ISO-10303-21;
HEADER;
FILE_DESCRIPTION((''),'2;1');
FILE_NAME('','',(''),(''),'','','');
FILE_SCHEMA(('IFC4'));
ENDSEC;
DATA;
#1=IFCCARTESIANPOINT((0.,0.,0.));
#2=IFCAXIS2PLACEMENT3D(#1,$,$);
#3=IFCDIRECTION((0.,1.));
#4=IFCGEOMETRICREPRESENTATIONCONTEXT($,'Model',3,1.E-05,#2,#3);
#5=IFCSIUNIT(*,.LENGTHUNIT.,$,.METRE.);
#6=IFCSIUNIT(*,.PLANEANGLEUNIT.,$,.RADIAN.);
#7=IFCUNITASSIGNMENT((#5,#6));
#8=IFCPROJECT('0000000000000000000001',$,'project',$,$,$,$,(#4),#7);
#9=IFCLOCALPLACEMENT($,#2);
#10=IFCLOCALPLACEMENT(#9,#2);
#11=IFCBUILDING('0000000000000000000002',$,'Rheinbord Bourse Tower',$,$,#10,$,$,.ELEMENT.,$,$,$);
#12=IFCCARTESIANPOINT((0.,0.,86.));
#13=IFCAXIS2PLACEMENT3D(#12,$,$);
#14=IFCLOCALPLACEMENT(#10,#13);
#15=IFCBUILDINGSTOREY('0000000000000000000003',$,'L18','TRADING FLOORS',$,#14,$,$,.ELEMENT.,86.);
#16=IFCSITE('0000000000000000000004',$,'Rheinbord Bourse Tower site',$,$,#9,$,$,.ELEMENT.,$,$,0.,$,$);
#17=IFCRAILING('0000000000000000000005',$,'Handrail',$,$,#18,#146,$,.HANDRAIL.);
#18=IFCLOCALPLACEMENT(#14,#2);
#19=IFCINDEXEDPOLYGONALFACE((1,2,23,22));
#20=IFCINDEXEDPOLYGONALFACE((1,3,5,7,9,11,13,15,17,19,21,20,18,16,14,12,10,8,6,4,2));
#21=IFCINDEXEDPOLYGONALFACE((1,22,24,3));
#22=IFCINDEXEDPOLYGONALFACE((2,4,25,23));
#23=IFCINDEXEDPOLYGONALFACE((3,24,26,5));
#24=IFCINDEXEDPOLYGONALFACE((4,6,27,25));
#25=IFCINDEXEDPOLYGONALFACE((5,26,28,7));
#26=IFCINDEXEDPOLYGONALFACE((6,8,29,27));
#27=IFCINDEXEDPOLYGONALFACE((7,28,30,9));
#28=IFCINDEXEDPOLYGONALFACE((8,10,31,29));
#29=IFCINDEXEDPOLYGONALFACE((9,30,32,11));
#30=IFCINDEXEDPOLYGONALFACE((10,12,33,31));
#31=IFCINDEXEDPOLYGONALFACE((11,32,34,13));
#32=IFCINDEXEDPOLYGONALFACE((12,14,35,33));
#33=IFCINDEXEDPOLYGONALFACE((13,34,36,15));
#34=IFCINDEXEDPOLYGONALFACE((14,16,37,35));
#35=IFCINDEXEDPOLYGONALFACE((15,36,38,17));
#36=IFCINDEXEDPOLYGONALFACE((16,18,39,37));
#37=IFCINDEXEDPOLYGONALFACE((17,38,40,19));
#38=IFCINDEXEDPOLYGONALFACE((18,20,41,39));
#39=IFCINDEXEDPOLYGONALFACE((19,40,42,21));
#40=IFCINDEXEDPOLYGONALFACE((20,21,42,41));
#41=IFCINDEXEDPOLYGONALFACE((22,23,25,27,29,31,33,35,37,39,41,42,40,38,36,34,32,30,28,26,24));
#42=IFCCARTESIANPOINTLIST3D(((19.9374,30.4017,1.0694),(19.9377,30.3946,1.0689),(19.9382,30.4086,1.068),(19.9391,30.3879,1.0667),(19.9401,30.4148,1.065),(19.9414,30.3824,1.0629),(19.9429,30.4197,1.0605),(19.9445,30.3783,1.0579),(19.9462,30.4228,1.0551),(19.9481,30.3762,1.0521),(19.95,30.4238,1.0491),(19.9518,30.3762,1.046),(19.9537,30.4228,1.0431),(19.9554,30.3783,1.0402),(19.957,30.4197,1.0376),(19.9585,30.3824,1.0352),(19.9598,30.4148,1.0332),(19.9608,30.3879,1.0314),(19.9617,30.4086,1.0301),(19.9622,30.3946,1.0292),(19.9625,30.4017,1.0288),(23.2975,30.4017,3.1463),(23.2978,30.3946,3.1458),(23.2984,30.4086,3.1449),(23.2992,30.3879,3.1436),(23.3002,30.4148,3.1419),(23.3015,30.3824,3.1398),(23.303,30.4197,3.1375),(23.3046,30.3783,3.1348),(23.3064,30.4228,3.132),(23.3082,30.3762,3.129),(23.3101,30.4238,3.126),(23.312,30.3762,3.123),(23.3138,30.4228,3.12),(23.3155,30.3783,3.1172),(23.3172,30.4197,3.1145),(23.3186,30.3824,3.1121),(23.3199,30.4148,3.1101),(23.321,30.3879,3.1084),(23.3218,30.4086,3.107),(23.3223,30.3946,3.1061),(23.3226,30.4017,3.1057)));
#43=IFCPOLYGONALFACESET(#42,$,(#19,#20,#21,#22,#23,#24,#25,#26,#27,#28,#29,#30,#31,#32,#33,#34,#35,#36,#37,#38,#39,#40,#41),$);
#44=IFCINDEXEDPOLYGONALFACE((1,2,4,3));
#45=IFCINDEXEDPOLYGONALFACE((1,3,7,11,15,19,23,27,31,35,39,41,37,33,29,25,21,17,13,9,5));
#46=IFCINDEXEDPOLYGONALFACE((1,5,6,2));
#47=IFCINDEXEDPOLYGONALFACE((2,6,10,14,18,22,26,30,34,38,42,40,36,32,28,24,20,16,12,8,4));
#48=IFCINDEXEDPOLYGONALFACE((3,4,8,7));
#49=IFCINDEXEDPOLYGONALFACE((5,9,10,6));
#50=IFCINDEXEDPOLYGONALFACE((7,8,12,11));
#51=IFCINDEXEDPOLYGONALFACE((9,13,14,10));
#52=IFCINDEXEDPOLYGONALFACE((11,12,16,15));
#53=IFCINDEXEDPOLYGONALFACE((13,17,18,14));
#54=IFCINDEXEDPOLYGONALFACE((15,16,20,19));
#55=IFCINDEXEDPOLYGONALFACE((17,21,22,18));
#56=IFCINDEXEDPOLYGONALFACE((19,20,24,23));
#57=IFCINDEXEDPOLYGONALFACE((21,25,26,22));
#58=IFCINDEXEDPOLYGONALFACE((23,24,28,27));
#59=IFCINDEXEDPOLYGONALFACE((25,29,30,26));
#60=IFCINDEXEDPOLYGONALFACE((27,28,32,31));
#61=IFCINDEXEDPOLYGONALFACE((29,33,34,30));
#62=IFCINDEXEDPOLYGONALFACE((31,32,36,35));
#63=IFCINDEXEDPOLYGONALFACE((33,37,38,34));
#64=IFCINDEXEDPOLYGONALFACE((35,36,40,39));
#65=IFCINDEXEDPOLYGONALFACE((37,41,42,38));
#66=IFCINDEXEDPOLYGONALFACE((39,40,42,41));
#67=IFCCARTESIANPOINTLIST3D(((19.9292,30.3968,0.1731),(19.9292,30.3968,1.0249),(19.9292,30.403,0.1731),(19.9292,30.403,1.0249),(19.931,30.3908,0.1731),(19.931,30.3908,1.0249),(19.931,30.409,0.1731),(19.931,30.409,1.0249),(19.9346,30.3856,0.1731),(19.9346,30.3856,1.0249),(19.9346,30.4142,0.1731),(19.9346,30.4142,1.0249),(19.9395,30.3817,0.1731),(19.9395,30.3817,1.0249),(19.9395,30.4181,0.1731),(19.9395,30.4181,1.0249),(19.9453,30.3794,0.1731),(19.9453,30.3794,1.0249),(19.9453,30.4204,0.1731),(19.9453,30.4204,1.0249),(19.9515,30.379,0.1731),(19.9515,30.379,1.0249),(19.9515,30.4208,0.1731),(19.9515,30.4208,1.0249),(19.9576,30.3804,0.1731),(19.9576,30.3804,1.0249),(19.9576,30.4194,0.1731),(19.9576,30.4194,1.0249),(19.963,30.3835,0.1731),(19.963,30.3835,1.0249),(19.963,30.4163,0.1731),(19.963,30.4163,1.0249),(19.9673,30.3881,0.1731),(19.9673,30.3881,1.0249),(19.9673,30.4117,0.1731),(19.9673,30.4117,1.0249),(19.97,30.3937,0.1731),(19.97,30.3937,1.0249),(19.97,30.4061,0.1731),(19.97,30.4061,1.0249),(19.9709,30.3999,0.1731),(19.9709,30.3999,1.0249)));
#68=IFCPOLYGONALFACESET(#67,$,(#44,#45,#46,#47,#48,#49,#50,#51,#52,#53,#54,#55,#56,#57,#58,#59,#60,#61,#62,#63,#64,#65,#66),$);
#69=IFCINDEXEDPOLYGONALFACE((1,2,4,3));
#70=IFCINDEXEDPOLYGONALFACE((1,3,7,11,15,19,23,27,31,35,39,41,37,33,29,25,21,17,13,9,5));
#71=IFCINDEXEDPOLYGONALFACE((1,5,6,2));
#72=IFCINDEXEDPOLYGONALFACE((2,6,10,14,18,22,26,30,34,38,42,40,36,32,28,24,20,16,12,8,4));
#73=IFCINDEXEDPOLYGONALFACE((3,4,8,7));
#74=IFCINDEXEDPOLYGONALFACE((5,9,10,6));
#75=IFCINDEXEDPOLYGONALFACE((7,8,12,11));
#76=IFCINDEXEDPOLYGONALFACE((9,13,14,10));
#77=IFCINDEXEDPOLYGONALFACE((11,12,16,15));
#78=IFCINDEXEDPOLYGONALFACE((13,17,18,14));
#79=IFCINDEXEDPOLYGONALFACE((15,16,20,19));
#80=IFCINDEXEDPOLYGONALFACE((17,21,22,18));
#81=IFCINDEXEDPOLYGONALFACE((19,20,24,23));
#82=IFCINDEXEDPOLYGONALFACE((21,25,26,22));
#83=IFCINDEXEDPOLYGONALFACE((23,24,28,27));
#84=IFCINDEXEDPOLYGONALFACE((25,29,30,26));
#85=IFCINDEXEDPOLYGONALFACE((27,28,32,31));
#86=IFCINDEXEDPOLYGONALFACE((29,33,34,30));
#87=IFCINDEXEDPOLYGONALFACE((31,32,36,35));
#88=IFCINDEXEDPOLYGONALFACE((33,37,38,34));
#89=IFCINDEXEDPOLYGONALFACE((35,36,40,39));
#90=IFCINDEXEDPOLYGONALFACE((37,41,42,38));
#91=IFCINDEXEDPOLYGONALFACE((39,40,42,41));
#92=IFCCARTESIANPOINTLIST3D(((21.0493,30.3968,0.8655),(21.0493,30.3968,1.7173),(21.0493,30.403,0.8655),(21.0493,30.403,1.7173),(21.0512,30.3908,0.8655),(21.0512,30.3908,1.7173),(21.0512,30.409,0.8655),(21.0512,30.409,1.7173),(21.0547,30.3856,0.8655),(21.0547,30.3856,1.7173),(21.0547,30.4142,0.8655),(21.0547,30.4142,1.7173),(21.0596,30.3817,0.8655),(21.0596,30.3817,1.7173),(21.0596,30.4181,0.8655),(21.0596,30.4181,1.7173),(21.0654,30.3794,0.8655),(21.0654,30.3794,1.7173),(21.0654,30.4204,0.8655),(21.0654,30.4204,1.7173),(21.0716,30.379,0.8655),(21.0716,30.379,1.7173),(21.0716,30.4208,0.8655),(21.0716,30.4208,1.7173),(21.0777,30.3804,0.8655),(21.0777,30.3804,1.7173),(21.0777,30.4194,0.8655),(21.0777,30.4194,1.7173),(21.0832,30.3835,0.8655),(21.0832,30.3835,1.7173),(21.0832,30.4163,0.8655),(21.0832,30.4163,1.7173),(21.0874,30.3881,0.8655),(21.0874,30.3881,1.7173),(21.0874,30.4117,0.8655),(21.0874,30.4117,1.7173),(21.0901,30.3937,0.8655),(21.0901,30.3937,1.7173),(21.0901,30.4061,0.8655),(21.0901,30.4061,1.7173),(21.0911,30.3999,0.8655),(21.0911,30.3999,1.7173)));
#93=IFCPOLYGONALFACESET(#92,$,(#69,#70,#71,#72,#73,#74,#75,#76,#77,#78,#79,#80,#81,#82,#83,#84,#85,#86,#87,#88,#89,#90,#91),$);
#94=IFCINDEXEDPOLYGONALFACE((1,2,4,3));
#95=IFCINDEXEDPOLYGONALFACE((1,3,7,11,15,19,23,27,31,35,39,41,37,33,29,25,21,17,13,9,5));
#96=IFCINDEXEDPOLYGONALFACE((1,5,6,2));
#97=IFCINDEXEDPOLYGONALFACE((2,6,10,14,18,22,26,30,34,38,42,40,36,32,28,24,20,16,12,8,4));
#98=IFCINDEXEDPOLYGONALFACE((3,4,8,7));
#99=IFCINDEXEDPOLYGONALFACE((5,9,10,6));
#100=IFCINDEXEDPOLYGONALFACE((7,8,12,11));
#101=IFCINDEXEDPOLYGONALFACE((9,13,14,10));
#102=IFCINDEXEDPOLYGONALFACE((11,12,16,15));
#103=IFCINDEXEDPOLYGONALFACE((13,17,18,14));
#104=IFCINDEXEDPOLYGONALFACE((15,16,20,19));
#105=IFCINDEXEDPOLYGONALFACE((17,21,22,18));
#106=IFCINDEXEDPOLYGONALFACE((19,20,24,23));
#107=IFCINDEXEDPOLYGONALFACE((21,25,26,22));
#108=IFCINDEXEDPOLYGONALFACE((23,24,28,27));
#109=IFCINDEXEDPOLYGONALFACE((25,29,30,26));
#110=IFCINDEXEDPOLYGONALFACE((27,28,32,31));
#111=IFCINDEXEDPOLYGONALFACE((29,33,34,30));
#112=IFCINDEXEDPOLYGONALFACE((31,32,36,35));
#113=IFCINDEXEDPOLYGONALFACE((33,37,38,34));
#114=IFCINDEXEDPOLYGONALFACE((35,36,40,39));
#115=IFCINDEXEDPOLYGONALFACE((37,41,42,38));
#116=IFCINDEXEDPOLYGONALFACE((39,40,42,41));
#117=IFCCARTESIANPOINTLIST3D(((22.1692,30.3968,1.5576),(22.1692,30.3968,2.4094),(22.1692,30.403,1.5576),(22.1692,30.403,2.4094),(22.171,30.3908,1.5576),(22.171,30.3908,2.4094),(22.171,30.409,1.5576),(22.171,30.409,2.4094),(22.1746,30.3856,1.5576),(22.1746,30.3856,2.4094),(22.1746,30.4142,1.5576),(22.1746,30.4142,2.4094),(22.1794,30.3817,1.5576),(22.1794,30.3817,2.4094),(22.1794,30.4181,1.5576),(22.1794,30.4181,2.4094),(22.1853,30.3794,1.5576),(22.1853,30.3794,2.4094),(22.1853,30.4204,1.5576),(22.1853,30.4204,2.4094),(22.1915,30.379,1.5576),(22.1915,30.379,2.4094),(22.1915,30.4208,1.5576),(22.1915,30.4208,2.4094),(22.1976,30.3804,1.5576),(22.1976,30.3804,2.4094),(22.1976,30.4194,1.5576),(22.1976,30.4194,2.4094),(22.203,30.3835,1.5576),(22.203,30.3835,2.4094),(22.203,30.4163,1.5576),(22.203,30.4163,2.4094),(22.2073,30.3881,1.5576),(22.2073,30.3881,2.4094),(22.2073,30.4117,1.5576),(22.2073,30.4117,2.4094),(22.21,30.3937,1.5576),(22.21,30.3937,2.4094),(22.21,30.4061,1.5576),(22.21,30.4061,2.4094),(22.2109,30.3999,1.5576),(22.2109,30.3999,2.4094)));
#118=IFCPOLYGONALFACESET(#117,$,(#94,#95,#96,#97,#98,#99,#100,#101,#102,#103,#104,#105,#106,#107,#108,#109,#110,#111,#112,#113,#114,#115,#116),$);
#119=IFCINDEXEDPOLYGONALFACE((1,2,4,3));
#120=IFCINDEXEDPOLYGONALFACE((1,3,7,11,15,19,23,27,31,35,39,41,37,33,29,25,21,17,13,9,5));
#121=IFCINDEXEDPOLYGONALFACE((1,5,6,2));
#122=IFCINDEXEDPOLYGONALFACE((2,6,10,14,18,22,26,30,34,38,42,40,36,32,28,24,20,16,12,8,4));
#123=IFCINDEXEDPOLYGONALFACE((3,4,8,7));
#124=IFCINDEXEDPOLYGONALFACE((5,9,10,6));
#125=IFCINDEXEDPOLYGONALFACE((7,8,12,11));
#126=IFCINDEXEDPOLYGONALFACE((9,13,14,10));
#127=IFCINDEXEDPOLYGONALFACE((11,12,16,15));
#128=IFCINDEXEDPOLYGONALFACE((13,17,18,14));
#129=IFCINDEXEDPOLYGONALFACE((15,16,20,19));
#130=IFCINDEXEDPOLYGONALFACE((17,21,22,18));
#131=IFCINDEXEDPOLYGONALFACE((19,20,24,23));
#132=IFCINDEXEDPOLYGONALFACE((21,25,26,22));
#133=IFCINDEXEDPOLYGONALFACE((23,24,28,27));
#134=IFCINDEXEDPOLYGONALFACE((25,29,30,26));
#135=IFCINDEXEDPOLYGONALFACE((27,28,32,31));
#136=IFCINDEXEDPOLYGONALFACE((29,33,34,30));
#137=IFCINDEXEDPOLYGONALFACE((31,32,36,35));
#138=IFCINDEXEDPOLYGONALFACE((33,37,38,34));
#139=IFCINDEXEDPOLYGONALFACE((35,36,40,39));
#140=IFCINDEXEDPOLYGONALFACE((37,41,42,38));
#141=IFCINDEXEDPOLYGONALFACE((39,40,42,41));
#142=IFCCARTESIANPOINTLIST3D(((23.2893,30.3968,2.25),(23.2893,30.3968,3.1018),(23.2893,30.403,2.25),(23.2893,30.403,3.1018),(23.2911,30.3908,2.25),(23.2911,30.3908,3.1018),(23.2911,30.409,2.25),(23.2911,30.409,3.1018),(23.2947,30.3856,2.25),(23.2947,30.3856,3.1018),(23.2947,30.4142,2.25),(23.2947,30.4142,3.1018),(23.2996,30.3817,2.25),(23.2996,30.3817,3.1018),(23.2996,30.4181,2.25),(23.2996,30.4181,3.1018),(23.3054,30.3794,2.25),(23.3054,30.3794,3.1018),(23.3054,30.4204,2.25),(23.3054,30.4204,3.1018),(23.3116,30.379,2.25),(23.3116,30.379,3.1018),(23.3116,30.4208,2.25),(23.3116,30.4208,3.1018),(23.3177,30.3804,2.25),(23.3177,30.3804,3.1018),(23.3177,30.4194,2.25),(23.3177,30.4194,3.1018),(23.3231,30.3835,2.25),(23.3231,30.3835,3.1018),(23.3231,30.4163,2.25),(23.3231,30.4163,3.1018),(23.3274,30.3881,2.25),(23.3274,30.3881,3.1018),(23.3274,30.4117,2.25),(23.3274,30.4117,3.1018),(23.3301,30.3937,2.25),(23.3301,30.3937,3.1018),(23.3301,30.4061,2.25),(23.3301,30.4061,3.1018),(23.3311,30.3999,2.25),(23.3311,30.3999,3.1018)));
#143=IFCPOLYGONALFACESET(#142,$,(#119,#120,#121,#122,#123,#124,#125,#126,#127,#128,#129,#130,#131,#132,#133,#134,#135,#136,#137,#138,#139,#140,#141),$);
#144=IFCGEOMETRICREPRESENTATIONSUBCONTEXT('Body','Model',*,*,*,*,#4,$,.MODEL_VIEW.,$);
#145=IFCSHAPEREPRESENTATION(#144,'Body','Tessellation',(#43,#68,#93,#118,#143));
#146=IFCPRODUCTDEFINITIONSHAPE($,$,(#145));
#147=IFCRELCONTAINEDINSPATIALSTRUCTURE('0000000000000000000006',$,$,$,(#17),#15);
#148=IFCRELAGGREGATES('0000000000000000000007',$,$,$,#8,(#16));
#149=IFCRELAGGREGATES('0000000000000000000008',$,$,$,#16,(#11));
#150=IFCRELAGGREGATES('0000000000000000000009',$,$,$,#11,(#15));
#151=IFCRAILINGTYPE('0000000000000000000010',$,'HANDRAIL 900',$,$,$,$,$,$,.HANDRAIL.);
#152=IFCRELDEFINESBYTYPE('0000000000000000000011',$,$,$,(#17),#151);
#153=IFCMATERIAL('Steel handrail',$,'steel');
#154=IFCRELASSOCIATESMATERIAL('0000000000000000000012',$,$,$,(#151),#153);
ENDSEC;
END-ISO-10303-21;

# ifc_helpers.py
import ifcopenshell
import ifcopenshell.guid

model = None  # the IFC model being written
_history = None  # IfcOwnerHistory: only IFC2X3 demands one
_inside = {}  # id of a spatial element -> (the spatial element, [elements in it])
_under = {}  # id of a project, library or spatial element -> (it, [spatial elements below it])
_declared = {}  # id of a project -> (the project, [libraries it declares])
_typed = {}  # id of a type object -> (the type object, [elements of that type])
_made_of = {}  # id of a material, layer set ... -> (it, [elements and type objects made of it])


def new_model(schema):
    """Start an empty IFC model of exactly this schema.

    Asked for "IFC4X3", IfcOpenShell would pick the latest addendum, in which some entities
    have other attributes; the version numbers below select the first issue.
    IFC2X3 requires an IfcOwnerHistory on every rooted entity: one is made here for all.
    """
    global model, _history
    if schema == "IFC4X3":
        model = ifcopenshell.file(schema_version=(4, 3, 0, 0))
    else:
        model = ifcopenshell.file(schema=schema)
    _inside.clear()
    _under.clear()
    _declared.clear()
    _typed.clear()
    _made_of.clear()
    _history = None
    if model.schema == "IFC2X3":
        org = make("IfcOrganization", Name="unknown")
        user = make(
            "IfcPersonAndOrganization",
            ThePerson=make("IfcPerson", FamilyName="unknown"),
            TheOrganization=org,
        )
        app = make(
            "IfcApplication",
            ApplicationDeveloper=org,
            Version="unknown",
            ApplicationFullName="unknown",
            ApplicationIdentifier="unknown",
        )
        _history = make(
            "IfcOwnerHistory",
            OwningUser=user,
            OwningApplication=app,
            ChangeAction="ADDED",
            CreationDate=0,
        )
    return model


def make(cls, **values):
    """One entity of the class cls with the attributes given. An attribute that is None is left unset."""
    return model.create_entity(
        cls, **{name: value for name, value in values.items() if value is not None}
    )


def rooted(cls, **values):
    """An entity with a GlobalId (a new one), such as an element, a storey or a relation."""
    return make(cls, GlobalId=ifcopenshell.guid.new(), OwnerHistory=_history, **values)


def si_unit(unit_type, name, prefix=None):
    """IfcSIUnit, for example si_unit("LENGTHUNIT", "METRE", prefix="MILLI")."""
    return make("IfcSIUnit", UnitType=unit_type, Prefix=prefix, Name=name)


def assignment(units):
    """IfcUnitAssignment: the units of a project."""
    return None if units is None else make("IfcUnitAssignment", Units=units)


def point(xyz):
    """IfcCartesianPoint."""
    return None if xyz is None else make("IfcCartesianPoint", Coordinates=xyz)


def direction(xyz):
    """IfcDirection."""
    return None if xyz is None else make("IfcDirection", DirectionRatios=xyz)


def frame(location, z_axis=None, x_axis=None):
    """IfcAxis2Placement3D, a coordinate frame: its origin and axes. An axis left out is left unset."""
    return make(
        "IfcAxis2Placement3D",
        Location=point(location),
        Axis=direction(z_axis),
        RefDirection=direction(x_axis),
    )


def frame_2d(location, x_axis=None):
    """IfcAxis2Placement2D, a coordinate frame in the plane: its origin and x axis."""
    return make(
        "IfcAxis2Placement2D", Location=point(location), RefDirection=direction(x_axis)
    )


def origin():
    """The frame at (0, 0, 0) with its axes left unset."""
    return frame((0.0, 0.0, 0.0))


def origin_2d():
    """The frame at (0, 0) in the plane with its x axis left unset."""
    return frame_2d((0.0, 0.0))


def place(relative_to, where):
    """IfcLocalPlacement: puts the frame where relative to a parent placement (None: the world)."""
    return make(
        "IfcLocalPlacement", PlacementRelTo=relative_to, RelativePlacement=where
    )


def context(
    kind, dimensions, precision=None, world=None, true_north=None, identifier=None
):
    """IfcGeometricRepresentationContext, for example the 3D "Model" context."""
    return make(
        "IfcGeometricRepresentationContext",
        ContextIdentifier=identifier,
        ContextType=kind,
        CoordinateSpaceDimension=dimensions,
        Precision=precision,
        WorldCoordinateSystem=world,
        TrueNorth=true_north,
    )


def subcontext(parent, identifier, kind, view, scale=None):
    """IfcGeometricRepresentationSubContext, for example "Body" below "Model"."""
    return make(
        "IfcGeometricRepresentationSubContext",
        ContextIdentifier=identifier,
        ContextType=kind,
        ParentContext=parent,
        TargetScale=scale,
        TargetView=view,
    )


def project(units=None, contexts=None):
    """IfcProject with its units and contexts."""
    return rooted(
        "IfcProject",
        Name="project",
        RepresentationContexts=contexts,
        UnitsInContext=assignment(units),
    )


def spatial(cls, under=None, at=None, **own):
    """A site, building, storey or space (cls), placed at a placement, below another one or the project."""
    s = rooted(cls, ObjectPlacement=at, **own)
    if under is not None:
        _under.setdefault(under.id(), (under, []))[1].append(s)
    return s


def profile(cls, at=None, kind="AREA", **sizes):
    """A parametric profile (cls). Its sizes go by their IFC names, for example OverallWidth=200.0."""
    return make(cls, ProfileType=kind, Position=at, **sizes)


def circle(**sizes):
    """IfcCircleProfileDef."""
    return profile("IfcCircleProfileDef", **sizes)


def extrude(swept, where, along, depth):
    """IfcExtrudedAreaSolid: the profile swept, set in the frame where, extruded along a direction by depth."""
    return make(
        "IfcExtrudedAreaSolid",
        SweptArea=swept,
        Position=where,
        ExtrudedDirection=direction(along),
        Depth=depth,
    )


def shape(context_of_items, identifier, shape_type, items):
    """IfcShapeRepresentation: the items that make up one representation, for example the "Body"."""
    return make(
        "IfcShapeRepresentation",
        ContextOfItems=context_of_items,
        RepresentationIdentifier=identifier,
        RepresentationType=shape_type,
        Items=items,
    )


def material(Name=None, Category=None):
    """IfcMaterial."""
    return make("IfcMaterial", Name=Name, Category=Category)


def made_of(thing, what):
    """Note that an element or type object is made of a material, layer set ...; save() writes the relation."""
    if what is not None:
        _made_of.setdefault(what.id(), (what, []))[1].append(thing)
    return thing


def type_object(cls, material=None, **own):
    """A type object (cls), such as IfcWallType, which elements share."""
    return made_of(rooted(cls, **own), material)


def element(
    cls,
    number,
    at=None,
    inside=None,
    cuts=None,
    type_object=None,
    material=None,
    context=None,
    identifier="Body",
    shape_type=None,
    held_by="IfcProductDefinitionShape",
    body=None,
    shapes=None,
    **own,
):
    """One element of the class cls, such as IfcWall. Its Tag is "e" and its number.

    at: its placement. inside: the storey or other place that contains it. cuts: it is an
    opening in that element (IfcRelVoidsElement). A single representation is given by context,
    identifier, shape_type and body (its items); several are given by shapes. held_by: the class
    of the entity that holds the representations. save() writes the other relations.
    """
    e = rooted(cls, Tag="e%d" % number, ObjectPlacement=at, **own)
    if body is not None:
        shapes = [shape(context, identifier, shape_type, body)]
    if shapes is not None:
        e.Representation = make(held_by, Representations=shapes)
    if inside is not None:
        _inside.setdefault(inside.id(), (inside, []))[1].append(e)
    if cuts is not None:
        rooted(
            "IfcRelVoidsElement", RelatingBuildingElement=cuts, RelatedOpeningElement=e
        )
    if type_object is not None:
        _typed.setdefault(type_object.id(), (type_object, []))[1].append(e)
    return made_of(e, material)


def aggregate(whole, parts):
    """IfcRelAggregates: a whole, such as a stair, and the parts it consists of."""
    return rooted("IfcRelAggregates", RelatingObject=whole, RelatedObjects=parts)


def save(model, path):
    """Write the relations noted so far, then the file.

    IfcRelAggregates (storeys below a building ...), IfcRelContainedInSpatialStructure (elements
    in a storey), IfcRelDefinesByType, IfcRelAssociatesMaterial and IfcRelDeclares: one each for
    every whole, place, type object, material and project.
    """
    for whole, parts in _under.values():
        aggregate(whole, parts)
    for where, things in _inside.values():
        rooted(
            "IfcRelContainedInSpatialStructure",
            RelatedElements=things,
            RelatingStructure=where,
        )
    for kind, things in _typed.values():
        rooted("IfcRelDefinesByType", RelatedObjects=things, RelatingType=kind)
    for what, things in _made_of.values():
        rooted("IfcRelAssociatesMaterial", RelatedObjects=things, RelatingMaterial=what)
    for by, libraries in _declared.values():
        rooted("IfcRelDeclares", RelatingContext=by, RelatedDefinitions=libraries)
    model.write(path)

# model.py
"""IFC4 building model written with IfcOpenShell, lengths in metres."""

from ifc_helpers import new_model, si_unit, direction, frame, origin, origin_2d, place, context, subcontext, project, spatial, circle, extrude, material, type_object, element, save


model = new_model("IFC4")

# Units and contexts
model_context = context("Model", 3, precision=1e-05, world=origin(), true_north=direction((0.0, 1.0)))
body_context = subcontext(model_context, "Body", "Model", "MODEL_VIEW")
ifc_project = project(units=[si_unit("LENGTHUNIT", "METRE"), si_unit("PLANEANGLEUNIT", "RADIAN")], contexts=[model_context])

# Site, building, storey
site_placement = place(None, origin())
site = spatial("IfcSite", under=ifc_project, at=site_placement, Name="Rheinbord Bourse Tower site", CompositionType="ELEMENT", RefElevation=0.0)
building_placement = place(site_placement, origin())
building = spatial("IfcBuilding", under=site, at=building_placement, Name="Rheinbord Bourse Tower", CompositionType="ELEMENT")
storey_placement = place(building_placement, frame((0.0, 0.0, 86.0)))
storey = spatial("IfcBuildingStorey", under=building, at=storey_placement, Name="L18", Description="TRADING FLOORS", CompositionType="ELEMENT", Elevation=86.0)

# Railing
ifc_material_1 = material(Name="Steel handrail", Category="steel")
railing_type = type_object("IfcRailingType", Name="HANDRAIL 900", PredefinedType="HANDRAIL", material=ifc_material_1)
railing_1_placement = place(storey_placement, frame((19.95, 30.3999, 0.1731)))
element("IfcRailing", 1, at=railing_1_placement, inside=storey, type_object=railing_type, Name="Handrail", PredefinedType="HANDRAIL", context=body_context, shape_type="SweptSolid", body=[
    extrude(circle(Radius=0.0239, at=origin_2d()), frame((0.0, 0.0, 0.876), z_axis=(0.850623, 0.0, 0.525776), x_axis=(0.0, 1.0, 0.0)), (0.0, 0.0, 1.0), 3.9502),
    extrude(circle(Radius=0.021, at=origin_2d()), origin(), (0.0, 0.0, 1.0), 0.8518),
    extrude(circle(Radius=0.021, at=origin_2d()), frame((1.1201, 0.0, 0.6924)), (0.0, 0.0, 1.0), 0.8518),
    extrude(circle(Radius=0.021, at=origin_2d()), frame((2.24, 0.0, 1.3845)), (0.0, 0.0, 1.0), 0.8518),
    extrude(circle(Radius=0.021, at=origin_2d()), frame((3.3601, 0.0, 2.0769)), (0.0, 0.0, 1.0), 0.8518),
])

save(model, "model.ifc")
